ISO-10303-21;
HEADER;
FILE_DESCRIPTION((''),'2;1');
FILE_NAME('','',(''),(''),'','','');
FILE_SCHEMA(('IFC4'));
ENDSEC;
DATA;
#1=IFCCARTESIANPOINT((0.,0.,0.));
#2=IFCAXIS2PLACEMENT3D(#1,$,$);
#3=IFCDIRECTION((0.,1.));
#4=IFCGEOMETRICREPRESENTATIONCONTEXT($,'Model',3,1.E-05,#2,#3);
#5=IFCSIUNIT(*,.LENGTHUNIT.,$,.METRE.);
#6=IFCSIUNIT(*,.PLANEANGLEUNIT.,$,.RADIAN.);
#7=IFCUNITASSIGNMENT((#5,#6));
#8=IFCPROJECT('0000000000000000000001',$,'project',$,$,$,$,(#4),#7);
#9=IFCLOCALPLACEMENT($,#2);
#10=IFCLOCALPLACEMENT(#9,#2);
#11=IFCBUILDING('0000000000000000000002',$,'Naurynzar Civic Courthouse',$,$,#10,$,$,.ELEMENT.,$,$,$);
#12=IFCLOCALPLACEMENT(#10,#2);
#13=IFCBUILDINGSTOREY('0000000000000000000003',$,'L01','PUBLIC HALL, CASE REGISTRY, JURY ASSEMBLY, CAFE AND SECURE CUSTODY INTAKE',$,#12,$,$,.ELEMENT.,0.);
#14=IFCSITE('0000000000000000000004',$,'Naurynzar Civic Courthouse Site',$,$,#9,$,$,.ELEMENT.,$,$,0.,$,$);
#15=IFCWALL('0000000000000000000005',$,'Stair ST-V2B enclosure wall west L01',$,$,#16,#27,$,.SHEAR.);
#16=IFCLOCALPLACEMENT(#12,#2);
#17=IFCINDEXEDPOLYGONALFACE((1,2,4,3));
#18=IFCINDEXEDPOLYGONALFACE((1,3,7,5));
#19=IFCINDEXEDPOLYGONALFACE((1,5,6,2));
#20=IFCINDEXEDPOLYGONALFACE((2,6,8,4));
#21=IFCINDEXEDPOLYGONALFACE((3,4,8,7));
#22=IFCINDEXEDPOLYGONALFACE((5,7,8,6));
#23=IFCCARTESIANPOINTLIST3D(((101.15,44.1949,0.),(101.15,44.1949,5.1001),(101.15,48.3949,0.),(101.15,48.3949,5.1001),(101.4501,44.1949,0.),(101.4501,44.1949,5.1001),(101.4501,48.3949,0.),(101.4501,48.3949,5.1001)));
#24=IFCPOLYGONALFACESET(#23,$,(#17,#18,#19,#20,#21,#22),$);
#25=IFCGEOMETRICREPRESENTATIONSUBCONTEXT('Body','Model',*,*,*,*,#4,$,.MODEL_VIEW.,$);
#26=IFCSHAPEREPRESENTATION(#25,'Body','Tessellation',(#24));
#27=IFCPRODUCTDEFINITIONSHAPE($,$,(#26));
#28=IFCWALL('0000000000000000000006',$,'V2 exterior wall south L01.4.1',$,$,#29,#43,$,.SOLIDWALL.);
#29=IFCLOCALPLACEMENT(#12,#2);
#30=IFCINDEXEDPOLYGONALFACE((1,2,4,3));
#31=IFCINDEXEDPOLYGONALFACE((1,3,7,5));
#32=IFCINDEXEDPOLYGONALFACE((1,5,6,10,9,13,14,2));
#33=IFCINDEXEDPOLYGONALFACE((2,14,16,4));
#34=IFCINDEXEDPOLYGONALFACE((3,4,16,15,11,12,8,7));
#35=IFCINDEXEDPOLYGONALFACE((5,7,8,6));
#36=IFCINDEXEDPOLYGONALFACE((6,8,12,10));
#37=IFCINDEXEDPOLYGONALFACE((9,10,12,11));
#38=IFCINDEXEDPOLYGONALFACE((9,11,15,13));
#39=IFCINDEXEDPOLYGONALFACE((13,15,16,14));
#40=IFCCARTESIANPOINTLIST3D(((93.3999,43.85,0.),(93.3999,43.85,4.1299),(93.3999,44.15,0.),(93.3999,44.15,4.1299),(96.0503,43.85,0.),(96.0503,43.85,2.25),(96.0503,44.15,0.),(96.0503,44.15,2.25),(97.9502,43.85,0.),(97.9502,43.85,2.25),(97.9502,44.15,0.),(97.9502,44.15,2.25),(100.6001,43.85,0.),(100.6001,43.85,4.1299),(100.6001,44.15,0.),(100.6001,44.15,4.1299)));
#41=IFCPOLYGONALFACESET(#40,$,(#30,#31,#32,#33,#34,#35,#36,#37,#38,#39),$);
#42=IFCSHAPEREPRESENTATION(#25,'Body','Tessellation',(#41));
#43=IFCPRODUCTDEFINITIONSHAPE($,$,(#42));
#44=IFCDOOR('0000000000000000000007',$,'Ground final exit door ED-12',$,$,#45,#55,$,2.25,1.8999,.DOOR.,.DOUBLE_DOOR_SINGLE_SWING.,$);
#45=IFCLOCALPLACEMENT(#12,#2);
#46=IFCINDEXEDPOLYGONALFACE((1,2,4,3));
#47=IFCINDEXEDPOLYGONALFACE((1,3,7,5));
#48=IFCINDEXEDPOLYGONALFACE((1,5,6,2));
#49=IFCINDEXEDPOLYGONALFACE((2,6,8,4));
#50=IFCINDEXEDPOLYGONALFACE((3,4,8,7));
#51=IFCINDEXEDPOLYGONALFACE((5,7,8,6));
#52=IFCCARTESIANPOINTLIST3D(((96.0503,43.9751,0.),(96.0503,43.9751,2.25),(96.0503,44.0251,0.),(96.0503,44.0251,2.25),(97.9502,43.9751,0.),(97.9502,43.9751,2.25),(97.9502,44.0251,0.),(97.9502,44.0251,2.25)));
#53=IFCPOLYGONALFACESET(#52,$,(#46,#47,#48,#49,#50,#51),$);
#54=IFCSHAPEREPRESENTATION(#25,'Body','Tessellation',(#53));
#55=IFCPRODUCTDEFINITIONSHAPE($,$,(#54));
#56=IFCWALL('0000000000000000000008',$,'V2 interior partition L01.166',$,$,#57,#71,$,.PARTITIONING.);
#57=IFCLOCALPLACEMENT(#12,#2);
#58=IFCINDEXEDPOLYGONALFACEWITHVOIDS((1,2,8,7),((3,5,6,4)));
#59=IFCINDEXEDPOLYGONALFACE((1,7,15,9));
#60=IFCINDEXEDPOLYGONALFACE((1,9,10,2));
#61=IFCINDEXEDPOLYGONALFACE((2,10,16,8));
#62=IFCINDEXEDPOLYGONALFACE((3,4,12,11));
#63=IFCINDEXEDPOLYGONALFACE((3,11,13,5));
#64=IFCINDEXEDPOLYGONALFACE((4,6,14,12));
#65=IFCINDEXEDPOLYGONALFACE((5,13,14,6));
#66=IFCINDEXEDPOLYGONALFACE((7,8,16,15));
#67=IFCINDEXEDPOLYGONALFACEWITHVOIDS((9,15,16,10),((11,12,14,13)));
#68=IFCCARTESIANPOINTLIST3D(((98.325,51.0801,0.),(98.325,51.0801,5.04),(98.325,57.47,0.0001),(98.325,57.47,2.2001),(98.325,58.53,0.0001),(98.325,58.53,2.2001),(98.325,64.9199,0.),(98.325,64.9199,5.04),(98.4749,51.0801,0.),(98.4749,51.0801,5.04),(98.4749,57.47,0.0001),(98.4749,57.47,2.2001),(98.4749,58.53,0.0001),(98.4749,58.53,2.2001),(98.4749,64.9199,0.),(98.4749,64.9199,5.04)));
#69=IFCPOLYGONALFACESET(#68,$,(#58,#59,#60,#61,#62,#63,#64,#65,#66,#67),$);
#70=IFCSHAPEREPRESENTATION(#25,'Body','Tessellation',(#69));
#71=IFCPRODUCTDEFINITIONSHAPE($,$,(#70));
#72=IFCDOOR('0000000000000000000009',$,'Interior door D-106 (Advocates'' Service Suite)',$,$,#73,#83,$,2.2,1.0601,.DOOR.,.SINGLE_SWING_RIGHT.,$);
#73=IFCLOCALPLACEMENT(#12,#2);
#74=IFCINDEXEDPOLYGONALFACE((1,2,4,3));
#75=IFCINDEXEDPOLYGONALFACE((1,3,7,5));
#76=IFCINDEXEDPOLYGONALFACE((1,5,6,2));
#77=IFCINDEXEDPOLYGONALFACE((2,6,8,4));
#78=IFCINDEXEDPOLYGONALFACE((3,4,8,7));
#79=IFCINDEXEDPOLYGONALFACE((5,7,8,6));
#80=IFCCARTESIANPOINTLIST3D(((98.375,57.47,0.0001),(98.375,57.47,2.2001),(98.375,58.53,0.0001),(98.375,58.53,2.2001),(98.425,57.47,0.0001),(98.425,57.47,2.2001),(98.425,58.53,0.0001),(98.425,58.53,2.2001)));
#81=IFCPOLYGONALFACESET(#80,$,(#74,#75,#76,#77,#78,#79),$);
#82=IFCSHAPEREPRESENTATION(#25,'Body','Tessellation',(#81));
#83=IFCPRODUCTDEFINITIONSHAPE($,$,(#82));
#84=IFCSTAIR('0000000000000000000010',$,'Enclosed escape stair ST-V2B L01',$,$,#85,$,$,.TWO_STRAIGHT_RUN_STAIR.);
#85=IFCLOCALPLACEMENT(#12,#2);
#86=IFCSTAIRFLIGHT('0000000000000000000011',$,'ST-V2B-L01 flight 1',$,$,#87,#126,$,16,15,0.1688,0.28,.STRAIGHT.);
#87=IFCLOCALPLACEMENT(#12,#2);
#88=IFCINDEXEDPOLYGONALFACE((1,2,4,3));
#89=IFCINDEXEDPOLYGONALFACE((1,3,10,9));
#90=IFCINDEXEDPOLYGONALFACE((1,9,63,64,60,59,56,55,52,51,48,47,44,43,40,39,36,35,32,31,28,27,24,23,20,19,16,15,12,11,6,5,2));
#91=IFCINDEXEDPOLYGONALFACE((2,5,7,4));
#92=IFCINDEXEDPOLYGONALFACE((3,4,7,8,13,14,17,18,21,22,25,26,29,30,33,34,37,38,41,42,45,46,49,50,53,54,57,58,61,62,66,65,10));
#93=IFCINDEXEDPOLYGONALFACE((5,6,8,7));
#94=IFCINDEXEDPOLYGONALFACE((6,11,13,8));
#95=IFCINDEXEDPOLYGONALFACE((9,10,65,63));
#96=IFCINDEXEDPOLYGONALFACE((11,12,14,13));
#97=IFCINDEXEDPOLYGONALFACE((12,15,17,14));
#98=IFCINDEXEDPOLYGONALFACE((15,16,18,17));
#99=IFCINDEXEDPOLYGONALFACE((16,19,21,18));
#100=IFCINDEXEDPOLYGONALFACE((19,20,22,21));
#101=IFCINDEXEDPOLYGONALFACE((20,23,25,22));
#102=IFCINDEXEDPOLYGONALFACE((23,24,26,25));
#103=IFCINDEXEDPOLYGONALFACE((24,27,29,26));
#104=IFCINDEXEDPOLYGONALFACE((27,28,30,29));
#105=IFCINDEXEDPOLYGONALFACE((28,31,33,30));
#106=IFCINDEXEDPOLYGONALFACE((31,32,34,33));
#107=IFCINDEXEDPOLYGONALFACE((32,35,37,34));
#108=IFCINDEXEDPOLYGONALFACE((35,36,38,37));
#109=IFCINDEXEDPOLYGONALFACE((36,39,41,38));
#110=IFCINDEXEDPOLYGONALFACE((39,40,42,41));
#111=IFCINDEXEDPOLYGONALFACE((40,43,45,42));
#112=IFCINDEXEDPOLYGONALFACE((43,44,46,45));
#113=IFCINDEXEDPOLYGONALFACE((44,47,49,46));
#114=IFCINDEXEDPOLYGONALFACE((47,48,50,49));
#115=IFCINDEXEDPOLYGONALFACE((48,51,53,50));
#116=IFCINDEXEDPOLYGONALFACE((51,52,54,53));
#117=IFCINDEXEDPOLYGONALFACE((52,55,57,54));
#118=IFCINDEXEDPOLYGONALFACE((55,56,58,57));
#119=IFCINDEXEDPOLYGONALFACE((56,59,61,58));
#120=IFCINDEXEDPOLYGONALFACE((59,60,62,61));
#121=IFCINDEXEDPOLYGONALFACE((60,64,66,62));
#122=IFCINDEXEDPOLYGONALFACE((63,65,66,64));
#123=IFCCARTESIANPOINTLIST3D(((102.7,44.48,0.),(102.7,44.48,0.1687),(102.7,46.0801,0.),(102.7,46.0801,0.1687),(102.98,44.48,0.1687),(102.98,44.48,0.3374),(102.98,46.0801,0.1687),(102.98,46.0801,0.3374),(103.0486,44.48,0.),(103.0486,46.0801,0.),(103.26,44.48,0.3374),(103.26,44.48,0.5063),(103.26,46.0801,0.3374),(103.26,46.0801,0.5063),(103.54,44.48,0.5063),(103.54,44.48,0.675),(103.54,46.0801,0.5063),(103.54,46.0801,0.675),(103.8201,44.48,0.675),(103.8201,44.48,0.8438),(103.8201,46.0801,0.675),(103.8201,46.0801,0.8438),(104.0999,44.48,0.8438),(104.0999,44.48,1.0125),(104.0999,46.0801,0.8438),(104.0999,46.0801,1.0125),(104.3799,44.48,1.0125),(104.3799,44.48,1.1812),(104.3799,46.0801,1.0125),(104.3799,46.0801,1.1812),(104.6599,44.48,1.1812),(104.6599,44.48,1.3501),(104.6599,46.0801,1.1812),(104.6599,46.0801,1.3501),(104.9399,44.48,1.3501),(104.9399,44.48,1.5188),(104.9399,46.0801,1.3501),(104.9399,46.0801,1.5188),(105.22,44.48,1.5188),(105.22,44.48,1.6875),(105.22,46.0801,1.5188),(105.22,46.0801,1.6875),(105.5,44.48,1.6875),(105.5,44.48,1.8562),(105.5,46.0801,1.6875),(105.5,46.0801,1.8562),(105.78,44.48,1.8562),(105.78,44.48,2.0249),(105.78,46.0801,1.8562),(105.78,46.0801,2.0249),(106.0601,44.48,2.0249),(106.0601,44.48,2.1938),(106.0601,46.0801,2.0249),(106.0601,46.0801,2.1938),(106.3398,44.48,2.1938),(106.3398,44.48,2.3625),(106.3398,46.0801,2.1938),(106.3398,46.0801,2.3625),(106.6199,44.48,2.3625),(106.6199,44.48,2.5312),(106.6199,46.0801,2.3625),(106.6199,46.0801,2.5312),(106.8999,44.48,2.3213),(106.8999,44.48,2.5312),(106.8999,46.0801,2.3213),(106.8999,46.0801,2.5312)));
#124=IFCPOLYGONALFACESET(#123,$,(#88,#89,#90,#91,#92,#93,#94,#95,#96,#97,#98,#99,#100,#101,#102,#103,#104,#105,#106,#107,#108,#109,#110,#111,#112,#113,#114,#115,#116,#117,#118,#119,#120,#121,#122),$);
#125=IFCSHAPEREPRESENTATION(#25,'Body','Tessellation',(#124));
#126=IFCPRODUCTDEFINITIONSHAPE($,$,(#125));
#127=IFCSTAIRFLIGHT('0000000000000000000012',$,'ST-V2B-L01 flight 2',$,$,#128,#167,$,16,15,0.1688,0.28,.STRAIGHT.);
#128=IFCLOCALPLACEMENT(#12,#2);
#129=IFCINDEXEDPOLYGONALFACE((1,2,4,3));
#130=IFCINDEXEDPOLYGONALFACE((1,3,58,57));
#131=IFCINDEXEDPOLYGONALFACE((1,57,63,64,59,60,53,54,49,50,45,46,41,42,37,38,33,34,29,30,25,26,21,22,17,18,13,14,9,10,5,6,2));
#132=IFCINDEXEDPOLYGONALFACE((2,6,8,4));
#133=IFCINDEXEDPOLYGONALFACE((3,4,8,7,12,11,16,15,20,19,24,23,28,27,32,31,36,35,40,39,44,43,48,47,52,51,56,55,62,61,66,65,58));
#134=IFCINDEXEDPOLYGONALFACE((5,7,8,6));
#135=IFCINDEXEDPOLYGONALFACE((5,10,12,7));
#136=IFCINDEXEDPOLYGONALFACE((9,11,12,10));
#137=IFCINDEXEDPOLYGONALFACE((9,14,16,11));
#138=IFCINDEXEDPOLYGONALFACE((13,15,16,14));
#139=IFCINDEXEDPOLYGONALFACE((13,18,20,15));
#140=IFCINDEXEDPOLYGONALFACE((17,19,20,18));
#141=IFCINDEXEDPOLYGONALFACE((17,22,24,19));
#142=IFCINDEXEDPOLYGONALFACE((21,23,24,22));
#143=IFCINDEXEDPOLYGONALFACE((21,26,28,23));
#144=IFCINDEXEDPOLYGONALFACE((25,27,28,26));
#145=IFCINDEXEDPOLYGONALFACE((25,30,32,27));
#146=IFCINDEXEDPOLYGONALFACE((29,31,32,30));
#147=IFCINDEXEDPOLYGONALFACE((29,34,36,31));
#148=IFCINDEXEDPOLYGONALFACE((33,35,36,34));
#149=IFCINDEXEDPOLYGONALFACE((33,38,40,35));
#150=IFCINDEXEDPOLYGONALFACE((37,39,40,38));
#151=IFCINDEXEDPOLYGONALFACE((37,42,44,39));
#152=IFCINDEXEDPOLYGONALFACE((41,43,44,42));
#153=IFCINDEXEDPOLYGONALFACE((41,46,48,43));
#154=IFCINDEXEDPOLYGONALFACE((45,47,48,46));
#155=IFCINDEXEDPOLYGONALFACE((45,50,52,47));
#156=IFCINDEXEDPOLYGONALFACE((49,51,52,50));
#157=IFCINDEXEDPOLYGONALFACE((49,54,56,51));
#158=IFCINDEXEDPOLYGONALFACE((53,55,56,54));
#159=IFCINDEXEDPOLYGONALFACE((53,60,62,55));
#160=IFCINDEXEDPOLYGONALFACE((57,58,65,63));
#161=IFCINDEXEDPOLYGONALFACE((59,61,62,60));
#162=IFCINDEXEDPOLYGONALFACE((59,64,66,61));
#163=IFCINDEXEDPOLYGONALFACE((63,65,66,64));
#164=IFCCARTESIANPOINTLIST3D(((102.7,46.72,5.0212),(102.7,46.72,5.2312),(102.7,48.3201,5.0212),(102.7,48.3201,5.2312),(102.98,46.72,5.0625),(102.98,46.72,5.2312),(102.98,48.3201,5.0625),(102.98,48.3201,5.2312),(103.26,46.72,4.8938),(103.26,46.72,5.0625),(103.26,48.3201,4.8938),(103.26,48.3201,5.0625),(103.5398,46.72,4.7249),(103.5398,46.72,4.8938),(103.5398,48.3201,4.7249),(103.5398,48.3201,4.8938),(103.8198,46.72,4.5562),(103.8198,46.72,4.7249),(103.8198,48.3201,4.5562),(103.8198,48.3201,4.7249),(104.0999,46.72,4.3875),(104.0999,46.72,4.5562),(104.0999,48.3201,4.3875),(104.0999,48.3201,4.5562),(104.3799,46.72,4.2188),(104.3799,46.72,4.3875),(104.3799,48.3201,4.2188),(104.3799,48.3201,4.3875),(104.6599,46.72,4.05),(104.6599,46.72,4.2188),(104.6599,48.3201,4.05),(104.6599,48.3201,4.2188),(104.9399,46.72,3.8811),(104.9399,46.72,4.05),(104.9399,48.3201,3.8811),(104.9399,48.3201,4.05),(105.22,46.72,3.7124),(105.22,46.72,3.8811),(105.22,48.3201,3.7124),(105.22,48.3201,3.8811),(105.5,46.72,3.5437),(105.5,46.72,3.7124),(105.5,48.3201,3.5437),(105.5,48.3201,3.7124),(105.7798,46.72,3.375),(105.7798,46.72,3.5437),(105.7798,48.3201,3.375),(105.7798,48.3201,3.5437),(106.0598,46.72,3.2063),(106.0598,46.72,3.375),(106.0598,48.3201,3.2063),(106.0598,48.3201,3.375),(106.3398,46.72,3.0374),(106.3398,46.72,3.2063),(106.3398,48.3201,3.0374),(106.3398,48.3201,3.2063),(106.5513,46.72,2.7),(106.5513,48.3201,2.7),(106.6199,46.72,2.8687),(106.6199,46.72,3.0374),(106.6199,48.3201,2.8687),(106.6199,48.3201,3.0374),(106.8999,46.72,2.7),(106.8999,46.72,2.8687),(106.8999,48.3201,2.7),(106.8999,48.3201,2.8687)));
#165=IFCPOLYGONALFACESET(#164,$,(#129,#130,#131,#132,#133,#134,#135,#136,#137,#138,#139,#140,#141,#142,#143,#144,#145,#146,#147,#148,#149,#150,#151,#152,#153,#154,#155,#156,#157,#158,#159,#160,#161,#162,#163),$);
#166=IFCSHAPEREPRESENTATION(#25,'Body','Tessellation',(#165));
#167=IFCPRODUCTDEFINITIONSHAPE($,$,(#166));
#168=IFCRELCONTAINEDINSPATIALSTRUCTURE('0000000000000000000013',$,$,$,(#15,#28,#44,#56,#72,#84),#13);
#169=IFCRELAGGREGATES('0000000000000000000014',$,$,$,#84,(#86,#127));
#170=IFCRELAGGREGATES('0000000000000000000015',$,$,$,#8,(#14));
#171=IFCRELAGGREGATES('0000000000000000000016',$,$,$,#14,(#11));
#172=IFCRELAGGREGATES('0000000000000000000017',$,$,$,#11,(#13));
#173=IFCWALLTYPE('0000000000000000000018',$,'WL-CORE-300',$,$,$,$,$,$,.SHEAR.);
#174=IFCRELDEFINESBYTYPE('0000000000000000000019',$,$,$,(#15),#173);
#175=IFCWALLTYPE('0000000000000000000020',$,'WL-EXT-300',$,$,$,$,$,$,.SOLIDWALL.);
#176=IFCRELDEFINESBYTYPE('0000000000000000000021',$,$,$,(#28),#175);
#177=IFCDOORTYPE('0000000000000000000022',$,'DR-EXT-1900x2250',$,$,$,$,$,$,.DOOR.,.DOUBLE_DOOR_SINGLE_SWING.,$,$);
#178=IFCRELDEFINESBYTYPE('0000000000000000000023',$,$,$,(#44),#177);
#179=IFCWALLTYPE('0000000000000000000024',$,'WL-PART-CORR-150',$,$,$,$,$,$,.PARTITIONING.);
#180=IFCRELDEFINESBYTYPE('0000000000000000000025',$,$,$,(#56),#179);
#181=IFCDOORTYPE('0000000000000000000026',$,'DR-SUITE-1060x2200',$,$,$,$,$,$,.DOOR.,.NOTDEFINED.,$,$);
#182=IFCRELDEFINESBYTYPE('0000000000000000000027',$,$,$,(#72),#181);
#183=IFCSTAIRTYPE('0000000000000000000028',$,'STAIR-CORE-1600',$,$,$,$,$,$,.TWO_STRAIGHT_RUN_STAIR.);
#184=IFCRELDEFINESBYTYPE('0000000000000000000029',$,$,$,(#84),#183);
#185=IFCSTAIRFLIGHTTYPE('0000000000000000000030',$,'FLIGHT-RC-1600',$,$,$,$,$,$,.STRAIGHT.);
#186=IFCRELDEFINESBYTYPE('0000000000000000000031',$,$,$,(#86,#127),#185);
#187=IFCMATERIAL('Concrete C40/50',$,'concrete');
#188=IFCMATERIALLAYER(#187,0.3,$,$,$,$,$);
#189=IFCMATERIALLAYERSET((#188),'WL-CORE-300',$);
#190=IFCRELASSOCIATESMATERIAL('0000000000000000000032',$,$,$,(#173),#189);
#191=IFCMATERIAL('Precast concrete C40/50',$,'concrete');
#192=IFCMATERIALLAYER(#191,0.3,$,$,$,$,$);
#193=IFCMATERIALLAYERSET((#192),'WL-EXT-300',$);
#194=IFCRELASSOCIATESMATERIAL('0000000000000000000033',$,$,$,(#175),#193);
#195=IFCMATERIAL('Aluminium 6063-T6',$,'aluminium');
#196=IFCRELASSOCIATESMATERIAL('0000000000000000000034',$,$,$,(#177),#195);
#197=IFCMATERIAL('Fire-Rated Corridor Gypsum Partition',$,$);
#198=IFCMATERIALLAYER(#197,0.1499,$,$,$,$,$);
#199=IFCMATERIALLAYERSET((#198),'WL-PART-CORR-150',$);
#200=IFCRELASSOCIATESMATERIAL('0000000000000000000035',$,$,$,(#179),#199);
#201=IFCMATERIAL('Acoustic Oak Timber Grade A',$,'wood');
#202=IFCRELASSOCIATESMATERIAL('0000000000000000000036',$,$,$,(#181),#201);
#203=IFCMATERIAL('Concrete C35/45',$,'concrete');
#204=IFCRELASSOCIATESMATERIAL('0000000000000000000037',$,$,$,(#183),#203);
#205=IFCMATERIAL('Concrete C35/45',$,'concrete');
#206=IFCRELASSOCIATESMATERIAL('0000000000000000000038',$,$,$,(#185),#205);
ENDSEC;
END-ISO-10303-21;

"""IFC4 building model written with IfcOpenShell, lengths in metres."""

from ifc_helpers import new_model, si_unit, direction, frame, frame_2d, origin, place, context, subcontext, project, spatial, polyline, rectangle, outline, extrude, material, layer, layer_set, type_object, element, fill, aggregate, save


model = new_model("IFC4")

# Units and contexts
model_context = context("Model", 3, precision=1e-05, world=origin(), true_north=direction((0.0, 1.0)))
body_context = subcontext(model_context, "Body", "Model", "MODEL_VIEW")
ifc_project = project(units=[si_unit("LENGTHUNIT", "METRE"), si_unit("PLANEANGLEUNIT", "RADIAN")], contexts=[model_context])

# Site, building, storey
site_placement = place(None, origin())
site = spatial("IfcSite", under=ifc_project, at=site_placement, Name="Naurynzar Civic Courthouse Site", CompositionType="ELEMENT", RefElevation=0.0)
building_placement = place(site_placement, origin())
building = spatial("IfcBuilding", under=site, at=building_placement, Name="Naurynzar Civic Courthouse", CompositionType="ELEMENT")
storey_placement = place(building_placement, origin())
storey = spatial("IfcBuildingStorey", under=building, at=storey_placement, Name="L01", Description="PUBLIC HALL, CASE REGISTRY, JURY ASSEMBLY, CAFE AND SECURE CUSTODY INTAKE", CompositionType="ELEMENT", Elevation=0.0)

# Shared definitions
ifc_material_1 = material(Name="Concrete C40/50", Category="concrete")
ifc_layer_1 = layer(ifc_material_1, 0.3)
ifc_layer_set_1 = layer_set([ifc_layer_1], Name="WL-CORE-300")
wall_type_1 = type_object("IfcWallType", Name="WL-CORE-300", PredefinedType="SHEAR", material=ifc_layer_set_1)

# Wall
wall_1_placement = place(storey_placement, frame((101.3, 48.395, 0.0), z_axis=(0.0, 0.0, 1.0), x_axis=(0.0, -1.0, 0.0)))
element("IfcWall", 1, at=wall_1_placement, inside=storey, type_object=wall_type_1, Name="Stair ST-V2B enclosure wall west L01", PredefinedType="SHEAR", context=body_context, shape_type="SweptSolid", body=[
    extrude(rectangle(XDim=4.2, YDim=0.3, at=frame_2d((2.1001, 0.0))), origin(), (0.0, 0.0, 1.0), 5.1001),
])

# Walls, openings, doors
ifc_material_2 = material(Name="Precast concrete C40/50", Category="concrete")
ifc_layer_2 = layer(ifc_material_2, 0.3)
ifc_layer_set_2 = layer_set([ifc_layer_2], Name="WL-EXT-300")
wall_type_2 = type_object("IfcWallType", Name="WL-EXT-300", PredefinedType="SOLIDWALL", material=ifc_layer_set_2)
wall_2_placement = place(storey_placement, frame((100.6001, 44.0, 0.0), z_axis=(0.0, 0.0, 1.0), x_axis=(-1.0, 0.0, 0.0)))
wall_2 = element("IfcWall", 2, at=wall_2_placement, inside=storey, type_object=wall_type_2, Name="V2 exterior wall south L01.4.1", PredefinedType="SOLIDWALL", context=body_context, shape_type="SweptSolid", body=[
    extrude(rectangle(XDim=7.2002, YDim=0.3, at=frame_2d((3.6001, 0.0))), origin(), (0.0, 0.0, 1.0), 4.1299),
])
opening_1_placement = place(wall_2_placement, frame((2.6499, 0.0, 0.0)))
opening_1 = element("IfcOpeningElement", 3, at=opening_1_placement, cuts=wall_2, PredefinedType="OPENING", context=body_context, shape_type="SweptSolid", body=[
    extrude(rectangle(XDim=1.8999, YDim=2.25, at=frame_2d((0.95, 1.125))), frame((0.0, 0.1599, 0.0), z_axis=(0.0, -1.0, 0.0), x_axis=(1.0, 0.0, 0.0)), (0.0, 0.0, 1.0), 0.3201),
])
ifc_material_3 = material(Name="Aluminium 6063-T6", Category="aluminium")
door_type_1 = type_object("IfcDoorType", Name="DR-EXT-1900x2250", OperationType="DOUBLE_DOOR_SINGLE_SWING", PredefinedType="DOOR", material=ifc_material_3)
door_1_placement = place(opening_1_placement, origin())
door_1 = element("IfcDoor", 4, at=door_1_placement, inside=storey, type_object=door_type_1, Name="Ground final exit door ED-12", OperationType="DOUBLE_DOOR_SINGLE_SWING", OverallHeight=2.25, OverallWidth=1.8999, PredefinedType="DOOR", context=body_context, shape_type="SweptSolid", body=[
    extrude(rectangle(XDim=1.8999, YDim=2.25, at=frame_2d((0.95, 1.125))), frame((0.0, 0.0249, 0.0), z_axis=(0.0, -1.0, 0.0), x_axis=(1.0, 0.0, 0.0)), (0.0, 0.0, 1.0), 0.05),
])
fill(opening_1, door_1)
ifc_material_4 = material(Name="Fire-Rated Corridor Gypsum Partition")
ifc_layer_3 = layer(ifc_material_4, 0.1499)
ifc_layer_set_3 = layer_set([ifc_layer_3], Name="WL-PART-CORR-150")
wall_type_3 = type_object("IfcWallType", Name="WL-PART-CORR-150", PredefinedType="PARTITIONING", material=ifc_layer_set_3)
wall_3_placement = place(storey_placement, frame((98.3999, 51.0801, 0.0), z_axis=(0.0, 0.0, 1.0), x_axis=(0.0, 1.0, 0.0)))
wall_3 = element("IfcWall", 5, at=wall_3_placement, inside=storey, type_object=wall_type_3, Name="V2 interior partition L01.166", PredefinedType="PARTITIONING", context=body_context, shape_type="SweptSolid", body=[
    extrude(rectangle(XDim=13.8398, YDim=0.1499, at=frame_2d((6.9199, 0.0))), origin(), (0.0, 0.0, 1.0), 5.04),
])
opening_2_placement = place(wall_3_placement, frame((6.3899, 0.0, 0.0)))
opening_2 = element("IfcOpeningElement", 6, at=opening_2_placement, cuts=wall_3, PredefinedType="OPENING", context=body_context, shape_type="SweptSolid", body=[
    extrude(rectangle(XDim=1.0601, YDim=2.2, at=frame_2d((0.53, 1.1001))), frame((0.0, 0.085, 0.0), z_axis=(0.0, -1.0, 0.0), x_axis=(1.0, 0.0, 0.0)), (0.0, 0.0, 1.0), 0.1699),
])
ifc_material_5 = material(Name="Acoustic Oak Timber Grade A", Category="wood")
door_type_2 = type_object("IfcDoorType", Name="DR-SUITE-1060x2200", OperationType="NOTDEFINED", PredefinedType="DOOR", material=ifc_material_5)
door_2_placement = place(opening_2_placement, origin())
door_2 = element("IfcDoor", 7, at=door_2_placement, inside=storey, type_object=door_type_2, Name="Interior door D-106 (Advocates' Service Suite)", OperationType="SINGLE_SWING_RIGHT", OverallHeight=2.2, OverallWidth=1.0601, PredefinedType="DOOR", context=body_context, shape_type="SweptSolid", body=[
    extrude(rectangle(XDim=1.0601, YDim=2.2, at=frame_2d((0.53, 1.1001))), frame((0.0, 0.0249, 0.0), z_axis=(0.0, -1.0, 0.0), x_axis=(1.0, 0.0, 0.0)), (0.0, 0.0, 1.0), 0.05),
])
fill(opening_2, door_2)

# Stair, stair flights
ifc_material_6 = material(Name="Concrete C35/45", Category="concrete")
stair_type = type_object("IfcStairType", Name="STAIR-CORE-1600", PredefinedType="TWO_STRAIGHT_RUN_STAIR", material=ifc_material_6)
stair_placement = place(storey_placement, origin())
stair = element("IfcStair", 8, at=stair_placement, inside=storey, type_object=stair_type, Name="Enclosed escape stair ST-V2B L01", PredefinedType="TWO_STRAIGHT_RUN_STAIR")
ifc_material_7 = material(Name="Concrete C35/45", Category="concrete")
stair_flight_type = type_object("IfcStairFlightType", Name="FLIGHT-RC-1600", PredefinedType="STRAIGHT", material=ifc_material_7)
stair_flight_1_placement = place(storey_placement, frame((102.7, 45.28, 0.0), z_axis=(0.0, 0.0, 1.0), x_axis=(1.0, 0.0, 0.0)))
stair_flight_1 = element("IfcStairFlight", 9, at=stair_flight_1_placement, type_object=stair_flight_type, Name="ST-V2B-L01 flight 1", NumberOfRisers=16, NumberOfTreads=15, PredefinedType="STRAIGHT", RiserHeight=0.1688, TreadLength=0.28, context=body_context, shape_type="SweptSolid", body=[
    extrude(outline(polyline([(0.0, 0.0), (0.0, 0.1687), (0.28, 0.1687), (0.28, 0.3374), (0.5601, 0.3374), (0.5601, 0.5063), (0.8401, 0.5063), (0.8401, 0.675), (1.1201, 0.675), (1.1201, 0.8438), (1.3999, 0.8438), (1.3999, 1.0125), (1.6799, 1.0125), (1.6799, 1.1812), (1.96, 1.1812), (1.96, 1.3501), (2.24, 1.3501), (2.24, 1.5188), (2.52, 1.5188), (2.52, 1.6875), (2.8, 1.6875), (2.8, 1.8562), (3.0801, 1.8562), (3.0801, 2.0249), (3.3601, 2.0249), (3.3601, 2.1938), (3.6399, 2.1938), (3.6399, 2.3625), (3.9199, 2.3625), (3.9199, 2.5312), (4.2, 2.5312), (4.2, 2.7), (4.2, 2.3213), (0.3486, 0.0), (0.0, 0.0)])), frame((0.0, 0.8, 0.0), z_axis=(0.0, -1.0, 0.0), x_axis=(1.0, 0.0, 0.0)), (0.0, 0.0, 1.0), 1.6001),
])
stair_flight_2_placement = place(storey_placement, frame((106.8999, 47.52, 2.7), z_axis=(0.0, 0.0, 1.0), x_axis=(-1.0, 0.0, 0.0)))
stair_flight_2 = element("IfcStairFlight", 10, at=stair_flight_2_placement, type_object=stair_flight_type, Name="ST-V2B-L01 flight 2", NumberOfRisers=16, NumberOfTreads=15, PredefinedType="STRAIGHT", RiserHeight=0.1688, TreadLength=0.28, context=body_context, shape_type="SweptSolid", body=[
    extrude(outline(polyline([(0.0, 0.0), (0.0, 0.1687), (0.28, 0.1687), (0.28, 0.3374), (0.5601, 0.3374), (0.5601, 0.5063), (0.8401, 0.5063), (0.8401, 0.675), (1.1201, 0.675), (1.1201, 0.8438), (1.3999, 0.8438), (1.3999, 1.0125), (1.6799, 1.0125), (1.6799, 1.1812), (1.96, 1.1812), (1.96, 1.3501), (2.24, 1.3501), (2.24, 1.5188), (2.52, 1.5188), (2.52, 1.6875), (2.8, 1.6875), (2.8, 1.8562), (3.0801, 1.8562), (3.0801, 2.0249), (3.3601, 2.0249), (3.3601, 2.1938), (3.6399, 2.1938), (3.6399, 2.3625), (3.9199, 2.3625), (3.9199, 2.5312), (4.2, 2.5312), (4.2, 2.7), (4.2, 2.3213), (0.3486, 0.0), (0.0, 0.0)])), frame((0.0, 0.8, 0.0), z_axis=(0.0, -1.0, 0.0), x_axis=(1.0, 0.0, 0.0)), (0.0, 0.0, 1.0), 1.6001),
])
aggregate(stair, [stair_flight_1, stair_flight_2])

save(model, "model.ifc")
